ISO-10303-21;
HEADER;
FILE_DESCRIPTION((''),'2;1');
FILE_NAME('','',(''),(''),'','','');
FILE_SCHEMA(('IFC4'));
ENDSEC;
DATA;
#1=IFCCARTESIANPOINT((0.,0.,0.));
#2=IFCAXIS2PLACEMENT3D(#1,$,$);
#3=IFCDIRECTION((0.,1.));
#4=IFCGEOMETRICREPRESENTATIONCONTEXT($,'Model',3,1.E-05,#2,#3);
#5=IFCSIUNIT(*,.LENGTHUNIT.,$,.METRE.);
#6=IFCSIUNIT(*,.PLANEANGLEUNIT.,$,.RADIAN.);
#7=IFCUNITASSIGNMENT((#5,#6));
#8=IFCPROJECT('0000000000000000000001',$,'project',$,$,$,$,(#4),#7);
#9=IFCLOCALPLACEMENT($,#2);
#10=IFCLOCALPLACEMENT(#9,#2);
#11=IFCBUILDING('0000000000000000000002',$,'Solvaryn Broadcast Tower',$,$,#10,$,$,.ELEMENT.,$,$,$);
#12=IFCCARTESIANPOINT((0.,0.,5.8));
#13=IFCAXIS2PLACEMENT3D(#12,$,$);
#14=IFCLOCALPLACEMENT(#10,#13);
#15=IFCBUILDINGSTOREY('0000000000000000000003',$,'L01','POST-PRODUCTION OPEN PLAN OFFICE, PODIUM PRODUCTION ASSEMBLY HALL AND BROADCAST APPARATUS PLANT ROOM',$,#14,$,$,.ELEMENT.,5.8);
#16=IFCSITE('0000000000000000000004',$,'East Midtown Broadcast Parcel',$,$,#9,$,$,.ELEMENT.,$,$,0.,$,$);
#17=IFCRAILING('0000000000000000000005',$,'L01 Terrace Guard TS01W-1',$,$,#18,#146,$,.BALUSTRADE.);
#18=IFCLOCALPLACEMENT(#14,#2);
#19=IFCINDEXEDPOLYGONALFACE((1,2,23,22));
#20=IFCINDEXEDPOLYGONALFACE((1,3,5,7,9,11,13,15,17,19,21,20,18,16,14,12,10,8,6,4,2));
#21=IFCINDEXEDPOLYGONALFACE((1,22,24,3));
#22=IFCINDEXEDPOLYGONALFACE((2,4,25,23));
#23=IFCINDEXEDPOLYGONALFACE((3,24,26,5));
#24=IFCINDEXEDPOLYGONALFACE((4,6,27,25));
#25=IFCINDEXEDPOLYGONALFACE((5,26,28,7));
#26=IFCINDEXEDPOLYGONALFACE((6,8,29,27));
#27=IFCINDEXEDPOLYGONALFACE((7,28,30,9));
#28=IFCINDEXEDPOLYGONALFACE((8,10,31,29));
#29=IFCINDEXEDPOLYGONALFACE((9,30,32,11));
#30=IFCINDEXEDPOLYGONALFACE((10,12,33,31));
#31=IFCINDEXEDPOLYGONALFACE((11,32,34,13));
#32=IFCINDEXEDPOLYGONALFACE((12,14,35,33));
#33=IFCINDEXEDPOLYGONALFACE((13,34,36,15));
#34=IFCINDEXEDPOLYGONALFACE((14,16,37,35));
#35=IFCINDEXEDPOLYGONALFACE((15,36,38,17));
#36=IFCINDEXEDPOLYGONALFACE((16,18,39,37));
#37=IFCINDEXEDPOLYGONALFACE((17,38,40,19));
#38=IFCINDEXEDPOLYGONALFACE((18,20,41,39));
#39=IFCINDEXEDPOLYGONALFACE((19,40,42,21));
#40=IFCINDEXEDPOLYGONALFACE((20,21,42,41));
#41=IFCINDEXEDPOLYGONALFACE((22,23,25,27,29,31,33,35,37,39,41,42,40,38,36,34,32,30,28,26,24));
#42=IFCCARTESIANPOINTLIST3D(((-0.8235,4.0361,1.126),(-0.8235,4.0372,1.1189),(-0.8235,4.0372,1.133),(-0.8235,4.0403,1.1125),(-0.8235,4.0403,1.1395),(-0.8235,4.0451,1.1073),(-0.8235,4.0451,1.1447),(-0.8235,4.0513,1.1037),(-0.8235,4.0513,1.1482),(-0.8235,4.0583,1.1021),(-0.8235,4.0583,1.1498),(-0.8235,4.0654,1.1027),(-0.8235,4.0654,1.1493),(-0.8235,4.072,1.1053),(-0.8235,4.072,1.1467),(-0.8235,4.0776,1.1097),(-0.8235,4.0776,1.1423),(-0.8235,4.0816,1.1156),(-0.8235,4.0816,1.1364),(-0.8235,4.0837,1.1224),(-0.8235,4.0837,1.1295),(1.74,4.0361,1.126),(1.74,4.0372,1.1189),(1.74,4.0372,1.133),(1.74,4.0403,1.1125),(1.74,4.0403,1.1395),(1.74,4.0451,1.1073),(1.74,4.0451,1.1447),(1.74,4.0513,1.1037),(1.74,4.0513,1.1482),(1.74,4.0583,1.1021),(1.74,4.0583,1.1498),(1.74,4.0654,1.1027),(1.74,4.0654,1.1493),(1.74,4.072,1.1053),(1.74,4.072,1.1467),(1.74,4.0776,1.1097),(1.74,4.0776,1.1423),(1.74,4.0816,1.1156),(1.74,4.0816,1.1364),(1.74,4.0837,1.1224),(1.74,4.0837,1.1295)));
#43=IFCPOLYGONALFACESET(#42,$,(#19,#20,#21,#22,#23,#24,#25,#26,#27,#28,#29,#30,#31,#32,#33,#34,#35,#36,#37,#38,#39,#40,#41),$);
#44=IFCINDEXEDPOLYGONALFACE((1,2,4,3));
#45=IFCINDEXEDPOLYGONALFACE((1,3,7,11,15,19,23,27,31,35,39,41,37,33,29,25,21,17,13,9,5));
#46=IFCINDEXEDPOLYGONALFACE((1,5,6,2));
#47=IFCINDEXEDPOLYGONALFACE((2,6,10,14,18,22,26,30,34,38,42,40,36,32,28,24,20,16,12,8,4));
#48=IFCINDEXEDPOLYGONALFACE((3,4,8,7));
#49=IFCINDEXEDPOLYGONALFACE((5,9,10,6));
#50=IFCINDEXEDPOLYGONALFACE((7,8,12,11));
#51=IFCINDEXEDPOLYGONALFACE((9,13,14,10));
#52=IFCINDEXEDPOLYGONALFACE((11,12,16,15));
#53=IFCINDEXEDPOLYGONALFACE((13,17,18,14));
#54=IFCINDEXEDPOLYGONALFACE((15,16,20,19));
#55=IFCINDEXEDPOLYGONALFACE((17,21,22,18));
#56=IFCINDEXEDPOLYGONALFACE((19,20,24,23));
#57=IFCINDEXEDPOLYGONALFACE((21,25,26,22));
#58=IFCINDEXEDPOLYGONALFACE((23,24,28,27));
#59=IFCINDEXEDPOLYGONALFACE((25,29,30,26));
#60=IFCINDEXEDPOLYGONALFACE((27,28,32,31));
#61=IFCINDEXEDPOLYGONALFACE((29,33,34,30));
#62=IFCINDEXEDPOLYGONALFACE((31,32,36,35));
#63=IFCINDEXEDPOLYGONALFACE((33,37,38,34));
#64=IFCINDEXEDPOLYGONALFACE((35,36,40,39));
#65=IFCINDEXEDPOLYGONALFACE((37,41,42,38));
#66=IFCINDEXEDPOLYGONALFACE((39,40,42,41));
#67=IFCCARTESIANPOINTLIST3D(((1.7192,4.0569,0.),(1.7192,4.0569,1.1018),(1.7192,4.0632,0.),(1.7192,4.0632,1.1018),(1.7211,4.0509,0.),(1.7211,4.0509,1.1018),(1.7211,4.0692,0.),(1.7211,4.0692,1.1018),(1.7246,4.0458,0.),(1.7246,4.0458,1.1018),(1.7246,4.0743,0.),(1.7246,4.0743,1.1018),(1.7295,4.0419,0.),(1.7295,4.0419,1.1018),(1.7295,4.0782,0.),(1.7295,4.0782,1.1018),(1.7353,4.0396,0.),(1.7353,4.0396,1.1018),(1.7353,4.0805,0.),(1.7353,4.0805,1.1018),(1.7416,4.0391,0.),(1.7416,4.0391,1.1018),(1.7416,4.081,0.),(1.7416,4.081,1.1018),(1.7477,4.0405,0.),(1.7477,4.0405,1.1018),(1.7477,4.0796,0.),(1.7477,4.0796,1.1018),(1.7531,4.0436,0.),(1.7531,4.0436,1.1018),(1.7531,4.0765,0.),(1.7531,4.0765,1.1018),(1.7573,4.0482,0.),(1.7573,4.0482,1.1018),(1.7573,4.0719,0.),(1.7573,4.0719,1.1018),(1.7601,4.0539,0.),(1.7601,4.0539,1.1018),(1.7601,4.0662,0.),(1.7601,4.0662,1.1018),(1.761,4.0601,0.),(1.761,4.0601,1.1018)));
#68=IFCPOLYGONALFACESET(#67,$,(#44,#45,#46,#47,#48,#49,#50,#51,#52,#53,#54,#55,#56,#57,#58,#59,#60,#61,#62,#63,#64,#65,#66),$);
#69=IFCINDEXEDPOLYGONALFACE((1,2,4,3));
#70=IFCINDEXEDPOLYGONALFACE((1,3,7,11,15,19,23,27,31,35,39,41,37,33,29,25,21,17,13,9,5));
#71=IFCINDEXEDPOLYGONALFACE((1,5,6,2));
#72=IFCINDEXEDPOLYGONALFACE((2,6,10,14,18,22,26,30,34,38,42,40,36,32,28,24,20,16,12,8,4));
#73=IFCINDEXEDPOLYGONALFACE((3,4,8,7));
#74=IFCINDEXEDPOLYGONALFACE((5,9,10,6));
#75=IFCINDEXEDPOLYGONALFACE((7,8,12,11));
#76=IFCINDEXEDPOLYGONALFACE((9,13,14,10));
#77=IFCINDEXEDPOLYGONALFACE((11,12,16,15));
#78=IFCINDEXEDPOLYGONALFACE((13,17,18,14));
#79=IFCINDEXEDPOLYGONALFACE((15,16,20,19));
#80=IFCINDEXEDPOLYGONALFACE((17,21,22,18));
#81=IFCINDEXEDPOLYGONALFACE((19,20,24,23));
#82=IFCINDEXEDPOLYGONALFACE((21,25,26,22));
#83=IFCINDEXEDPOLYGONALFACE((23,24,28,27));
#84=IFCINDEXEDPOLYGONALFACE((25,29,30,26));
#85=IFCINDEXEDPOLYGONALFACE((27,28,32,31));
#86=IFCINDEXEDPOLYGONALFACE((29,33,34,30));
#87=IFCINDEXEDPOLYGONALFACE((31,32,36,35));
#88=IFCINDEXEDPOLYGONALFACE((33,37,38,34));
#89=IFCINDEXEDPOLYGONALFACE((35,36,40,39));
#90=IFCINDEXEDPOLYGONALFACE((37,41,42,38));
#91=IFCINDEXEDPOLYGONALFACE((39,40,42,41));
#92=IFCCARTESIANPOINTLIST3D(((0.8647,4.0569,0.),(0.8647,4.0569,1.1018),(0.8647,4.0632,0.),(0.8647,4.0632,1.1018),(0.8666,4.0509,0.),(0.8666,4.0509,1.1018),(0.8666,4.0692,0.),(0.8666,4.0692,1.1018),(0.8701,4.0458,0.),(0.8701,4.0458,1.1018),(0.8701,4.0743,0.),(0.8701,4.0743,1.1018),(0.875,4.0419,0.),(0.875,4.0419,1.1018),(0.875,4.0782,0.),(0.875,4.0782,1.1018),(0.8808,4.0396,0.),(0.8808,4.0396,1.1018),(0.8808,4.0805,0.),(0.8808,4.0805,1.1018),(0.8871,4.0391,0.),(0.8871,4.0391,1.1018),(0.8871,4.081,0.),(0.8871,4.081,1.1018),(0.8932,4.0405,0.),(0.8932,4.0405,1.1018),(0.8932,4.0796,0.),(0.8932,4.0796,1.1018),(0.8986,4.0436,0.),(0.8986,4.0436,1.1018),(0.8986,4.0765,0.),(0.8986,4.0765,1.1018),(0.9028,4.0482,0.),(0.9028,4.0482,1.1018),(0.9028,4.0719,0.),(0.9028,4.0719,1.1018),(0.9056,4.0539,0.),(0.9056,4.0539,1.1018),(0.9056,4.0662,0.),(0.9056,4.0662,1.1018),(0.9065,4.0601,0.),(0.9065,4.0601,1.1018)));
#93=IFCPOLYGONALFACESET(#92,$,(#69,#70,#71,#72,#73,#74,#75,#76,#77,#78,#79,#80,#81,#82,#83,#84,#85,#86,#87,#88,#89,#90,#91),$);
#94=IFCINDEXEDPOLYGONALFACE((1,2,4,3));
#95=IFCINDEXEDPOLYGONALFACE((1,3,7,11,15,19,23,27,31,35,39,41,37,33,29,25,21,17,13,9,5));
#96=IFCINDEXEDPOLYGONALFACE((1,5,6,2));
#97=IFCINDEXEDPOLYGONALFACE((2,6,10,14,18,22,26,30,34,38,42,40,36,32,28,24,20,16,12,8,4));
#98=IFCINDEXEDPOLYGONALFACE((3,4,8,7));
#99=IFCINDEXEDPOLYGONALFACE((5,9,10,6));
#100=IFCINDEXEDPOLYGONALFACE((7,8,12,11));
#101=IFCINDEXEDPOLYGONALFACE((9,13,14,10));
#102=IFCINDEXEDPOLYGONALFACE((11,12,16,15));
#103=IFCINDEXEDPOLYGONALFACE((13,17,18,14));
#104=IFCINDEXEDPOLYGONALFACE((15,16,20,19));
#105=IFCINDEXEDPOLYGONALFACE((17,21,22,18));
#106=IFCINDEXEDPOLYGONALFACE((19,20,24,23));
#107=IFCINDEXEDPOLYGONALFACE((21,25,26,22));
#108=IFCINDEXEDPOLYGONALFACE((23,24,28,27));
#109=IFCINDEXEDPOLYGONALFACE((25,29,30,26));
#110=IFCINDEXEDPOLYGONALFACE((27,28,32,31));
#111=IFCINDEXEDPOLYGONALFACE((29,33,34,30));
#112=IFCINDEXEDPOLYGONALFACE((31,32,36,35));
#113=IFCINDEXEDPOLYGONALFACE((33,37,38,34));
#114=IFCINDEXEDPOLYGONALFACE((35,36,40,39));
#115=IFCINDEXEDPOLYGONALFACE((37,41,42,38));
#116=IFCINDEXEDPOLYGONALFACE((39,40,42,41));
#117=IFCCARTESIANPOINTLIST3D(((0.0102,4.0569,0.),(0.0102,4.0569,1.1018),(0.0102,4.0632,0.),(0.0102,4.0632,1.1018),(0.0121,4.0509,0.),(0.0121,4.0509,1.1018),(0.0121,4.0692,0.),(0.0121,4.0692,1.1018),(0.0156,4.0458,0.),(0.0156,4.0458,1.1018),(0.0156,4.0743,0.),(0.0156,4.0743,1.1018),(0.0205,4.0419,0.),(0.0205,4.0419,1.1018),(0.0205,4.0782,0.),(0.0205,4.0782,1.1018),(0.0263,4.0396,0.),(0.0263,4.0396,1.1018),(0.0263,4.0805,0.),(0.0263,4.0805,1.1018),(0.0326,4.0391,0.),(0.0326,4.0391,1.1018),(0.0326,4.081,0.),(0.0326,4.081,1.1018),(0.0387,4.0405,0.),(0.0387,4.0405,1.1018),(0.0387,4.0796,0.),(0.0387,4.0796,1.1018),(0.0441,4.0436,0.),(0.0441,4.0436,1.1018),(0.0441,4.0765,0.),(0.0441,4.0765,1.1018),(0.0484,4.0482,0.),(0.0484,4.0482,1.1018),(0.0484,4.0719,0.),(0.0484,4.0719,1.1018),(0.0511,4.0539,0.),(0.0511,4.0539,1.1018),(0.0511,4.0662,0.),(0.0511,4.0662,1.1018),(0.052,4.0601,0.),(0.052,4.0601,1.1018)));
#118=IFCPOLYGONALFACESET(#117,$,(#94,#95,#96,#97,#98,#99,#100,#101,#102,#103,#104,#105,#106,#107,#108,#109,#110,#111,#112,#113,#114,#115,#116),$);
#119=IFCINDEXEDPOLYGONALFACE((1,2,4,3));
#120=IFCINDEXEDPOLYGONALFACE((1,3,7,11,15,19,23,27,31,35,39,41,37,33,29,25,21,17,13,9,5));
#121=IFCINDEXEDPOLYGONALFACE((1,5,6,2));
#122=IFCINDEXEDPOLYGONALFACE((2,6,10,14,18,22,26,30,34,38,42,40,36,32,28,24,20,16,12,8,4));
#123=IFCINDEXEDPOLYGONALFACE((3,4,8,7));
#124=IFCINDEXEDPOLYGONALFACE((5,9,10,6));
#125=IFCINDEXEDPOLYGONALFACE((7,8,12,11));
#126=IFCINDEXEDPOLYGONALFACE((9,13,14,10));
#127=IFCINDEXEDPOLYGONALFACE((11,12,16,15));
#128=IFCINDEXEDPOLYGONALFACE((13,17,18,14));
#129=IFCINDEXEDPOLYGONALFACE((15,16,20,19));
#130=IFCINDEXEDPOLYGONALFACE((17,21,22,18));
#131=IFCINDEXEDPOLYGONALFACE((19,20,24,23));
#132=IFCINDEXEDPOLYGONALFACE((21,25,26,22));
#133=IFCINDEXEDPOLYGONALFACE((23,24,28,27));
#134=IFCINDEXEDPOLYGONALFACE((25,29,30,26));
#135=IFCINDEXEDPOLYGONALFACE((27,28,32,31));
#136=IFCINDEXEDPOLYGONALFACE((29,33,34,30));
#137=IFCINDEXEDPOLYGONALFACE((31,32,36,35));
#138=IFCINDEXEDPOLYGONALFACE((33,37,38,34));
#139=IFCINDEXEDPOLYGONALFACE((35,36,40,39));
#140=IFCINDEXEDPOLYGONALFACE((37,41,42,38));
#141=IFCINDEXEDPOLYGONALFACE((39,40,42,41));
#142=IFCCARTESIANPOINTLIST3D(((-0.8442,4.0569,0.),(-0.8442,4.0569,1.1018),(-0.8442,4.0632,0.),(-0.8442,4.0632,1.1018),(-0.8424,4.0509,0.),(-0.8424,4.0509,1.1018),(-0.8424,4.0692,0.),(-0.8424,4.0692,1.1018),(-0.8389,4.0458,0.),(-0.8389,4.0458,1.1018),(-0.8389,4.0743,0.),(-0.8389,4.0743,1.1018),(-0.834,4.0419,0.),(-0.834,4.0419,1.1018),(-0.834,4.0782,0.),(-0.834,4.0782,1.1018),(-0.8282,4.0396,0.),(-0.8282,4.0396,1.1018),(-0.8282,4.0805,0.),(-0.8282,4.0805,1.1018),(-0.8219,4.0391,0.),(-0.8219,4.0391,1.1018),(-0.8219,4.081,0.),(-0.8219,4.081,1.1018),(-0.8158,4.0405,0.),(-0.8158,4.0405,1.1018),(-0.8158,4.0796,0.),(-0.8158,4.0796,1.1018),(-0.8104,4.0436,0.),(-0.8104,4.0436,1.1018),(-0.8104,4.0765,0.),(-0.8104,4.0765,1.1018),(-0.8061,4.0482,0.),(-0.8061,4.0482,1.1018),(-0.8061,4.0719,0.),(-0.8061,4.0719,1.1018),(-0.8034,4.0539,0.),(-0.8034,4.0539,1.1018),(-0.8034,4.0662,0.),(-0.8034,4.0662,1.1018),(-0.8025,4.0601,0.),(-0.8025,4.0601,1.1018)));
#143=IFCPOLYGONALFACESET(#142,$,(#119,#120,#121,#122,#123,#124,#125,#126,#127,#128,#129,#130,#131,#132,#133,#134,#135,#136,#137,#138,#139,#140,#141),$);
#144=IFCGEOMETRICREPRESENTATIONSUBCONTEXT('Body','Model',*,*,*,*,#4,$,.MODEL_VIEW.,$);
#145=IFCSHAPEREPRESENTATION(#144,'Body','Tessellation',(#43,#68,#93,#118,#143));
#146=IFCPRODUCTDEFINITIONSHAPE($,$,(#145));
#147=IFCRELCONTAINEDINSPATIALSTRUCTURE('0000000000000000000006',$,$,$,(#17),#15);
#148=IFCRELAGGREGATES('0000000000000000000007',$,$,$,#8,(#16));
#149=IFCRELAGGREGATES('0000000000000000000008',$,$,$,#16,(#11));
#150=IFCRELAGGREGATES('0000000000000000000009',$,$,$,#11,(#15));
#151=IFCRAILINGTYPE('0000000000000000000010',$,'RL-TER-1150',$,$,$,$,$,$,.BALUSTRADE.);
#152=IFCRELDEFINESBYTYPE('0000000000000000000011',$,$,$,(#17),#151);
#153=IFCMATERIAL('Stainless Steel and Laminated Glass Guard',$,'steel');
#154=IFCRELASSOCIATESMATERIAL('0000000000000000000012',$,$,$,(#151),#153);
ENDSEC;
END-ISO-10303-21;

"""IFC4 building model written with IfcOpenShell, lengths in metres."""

from ifc_helpers import new_model, si_unit, direction, frame, origin, origin_2d, place, context, subcontext, project, spatial, circle, extrude, material, type_object, element, save


model = new_model("IFC4")

# Units and contexts
model_context = context("Model", 3, precision=1e-05, world=origin(), true_north=direction((0.0, 1.0)))
body_context = subcontext(model_context, "Body", "Model", "MODEL_VIEW")
ifc_project = project(units=[si_unit("LENGTHUNIT", "METRE"), si_unit("PLANEANGLEUNIT", "RADIAN")], contexts=[model_context])

# Site, building, storey
site_placement = place(None, origin())
site = spatial("IfcSite", under=ifc_project, at=site_placement, Name="East Midtown Broadcast Parcel", CompositionType="ELEMENT", RefElevation=0.0)
building_placement = place(site_placement, origin())
building = spatial("IfcBuilding", under=site, at=building_placement, Name="Solvaryn Broadcast Tower", CompositionType="ELEMENT")
storey_placement = place(building_placement, frame((0.0, 0.0, 5.8)))
storey = spatial("IfcBuildingStorey", under=building, at=storey_placement, Name="L01", Description="POST-PRODUCTION OPEN PLAN OFFICE, PODIUM PRODUCTION ASSEMBLY HALL AND BROADCAST APPARATUS PLANT ROOM", CompositionType="ELEMENT", Elevation=5.8)

# Railing
ifc_material_1 = material(Name="Stainless Steel and Laminated Glass Guard", Category="steel")
railing_type = type_object("IfcRailingType", Name="RL-TER-1150", PredefinedType="BALUSTRADE", material=ifc_material_1)
railing_1_placement = place(storey_placement, frame((1.74, 4.0601, 0.0)))
element("IfcRailing", 1, at=railing_1_placement, inside=storey, type_object=railing_type, Name="L01 Terrace Guard TS01W-1", PredefinedType="BALUSTRADE", context=body_context, shape_type="SweptSolid", body=[
    extrude(circle(Radius=0.0239, at=origin_2d()), frame((0.0, 0.0, 1.126), z_axis=(-1.0, 0.0, 0.0), x_axis=(0.0, -1.0, 0.0)), (0.0, 0.0, 1.0), 2.5635),
    extrude(circle(Radius=0.021, at=origin_2d()), origin(), (0.0, 0.0, 1.0), 1.1018),
    extrude(circle(Radius=0.021, at=origin_2d()), frame((-0.8545, 0.0, 0.0)), (0.0, 0.0, 1.0), 1.1018),
    extrude(circle(Radius=0.021, at=origin_2d()), frame((-1.709, 0.0, 0.0)), (0.0, 0.0, 1.0), 1.1018),
    extrude(circle(Radius=0.021, at=origin_2d()), frame((-2.5635, 0.0, 0.0)), (0.0, 0.0, 1.0), 1.1018),
])

save(model, "model.ifc")
